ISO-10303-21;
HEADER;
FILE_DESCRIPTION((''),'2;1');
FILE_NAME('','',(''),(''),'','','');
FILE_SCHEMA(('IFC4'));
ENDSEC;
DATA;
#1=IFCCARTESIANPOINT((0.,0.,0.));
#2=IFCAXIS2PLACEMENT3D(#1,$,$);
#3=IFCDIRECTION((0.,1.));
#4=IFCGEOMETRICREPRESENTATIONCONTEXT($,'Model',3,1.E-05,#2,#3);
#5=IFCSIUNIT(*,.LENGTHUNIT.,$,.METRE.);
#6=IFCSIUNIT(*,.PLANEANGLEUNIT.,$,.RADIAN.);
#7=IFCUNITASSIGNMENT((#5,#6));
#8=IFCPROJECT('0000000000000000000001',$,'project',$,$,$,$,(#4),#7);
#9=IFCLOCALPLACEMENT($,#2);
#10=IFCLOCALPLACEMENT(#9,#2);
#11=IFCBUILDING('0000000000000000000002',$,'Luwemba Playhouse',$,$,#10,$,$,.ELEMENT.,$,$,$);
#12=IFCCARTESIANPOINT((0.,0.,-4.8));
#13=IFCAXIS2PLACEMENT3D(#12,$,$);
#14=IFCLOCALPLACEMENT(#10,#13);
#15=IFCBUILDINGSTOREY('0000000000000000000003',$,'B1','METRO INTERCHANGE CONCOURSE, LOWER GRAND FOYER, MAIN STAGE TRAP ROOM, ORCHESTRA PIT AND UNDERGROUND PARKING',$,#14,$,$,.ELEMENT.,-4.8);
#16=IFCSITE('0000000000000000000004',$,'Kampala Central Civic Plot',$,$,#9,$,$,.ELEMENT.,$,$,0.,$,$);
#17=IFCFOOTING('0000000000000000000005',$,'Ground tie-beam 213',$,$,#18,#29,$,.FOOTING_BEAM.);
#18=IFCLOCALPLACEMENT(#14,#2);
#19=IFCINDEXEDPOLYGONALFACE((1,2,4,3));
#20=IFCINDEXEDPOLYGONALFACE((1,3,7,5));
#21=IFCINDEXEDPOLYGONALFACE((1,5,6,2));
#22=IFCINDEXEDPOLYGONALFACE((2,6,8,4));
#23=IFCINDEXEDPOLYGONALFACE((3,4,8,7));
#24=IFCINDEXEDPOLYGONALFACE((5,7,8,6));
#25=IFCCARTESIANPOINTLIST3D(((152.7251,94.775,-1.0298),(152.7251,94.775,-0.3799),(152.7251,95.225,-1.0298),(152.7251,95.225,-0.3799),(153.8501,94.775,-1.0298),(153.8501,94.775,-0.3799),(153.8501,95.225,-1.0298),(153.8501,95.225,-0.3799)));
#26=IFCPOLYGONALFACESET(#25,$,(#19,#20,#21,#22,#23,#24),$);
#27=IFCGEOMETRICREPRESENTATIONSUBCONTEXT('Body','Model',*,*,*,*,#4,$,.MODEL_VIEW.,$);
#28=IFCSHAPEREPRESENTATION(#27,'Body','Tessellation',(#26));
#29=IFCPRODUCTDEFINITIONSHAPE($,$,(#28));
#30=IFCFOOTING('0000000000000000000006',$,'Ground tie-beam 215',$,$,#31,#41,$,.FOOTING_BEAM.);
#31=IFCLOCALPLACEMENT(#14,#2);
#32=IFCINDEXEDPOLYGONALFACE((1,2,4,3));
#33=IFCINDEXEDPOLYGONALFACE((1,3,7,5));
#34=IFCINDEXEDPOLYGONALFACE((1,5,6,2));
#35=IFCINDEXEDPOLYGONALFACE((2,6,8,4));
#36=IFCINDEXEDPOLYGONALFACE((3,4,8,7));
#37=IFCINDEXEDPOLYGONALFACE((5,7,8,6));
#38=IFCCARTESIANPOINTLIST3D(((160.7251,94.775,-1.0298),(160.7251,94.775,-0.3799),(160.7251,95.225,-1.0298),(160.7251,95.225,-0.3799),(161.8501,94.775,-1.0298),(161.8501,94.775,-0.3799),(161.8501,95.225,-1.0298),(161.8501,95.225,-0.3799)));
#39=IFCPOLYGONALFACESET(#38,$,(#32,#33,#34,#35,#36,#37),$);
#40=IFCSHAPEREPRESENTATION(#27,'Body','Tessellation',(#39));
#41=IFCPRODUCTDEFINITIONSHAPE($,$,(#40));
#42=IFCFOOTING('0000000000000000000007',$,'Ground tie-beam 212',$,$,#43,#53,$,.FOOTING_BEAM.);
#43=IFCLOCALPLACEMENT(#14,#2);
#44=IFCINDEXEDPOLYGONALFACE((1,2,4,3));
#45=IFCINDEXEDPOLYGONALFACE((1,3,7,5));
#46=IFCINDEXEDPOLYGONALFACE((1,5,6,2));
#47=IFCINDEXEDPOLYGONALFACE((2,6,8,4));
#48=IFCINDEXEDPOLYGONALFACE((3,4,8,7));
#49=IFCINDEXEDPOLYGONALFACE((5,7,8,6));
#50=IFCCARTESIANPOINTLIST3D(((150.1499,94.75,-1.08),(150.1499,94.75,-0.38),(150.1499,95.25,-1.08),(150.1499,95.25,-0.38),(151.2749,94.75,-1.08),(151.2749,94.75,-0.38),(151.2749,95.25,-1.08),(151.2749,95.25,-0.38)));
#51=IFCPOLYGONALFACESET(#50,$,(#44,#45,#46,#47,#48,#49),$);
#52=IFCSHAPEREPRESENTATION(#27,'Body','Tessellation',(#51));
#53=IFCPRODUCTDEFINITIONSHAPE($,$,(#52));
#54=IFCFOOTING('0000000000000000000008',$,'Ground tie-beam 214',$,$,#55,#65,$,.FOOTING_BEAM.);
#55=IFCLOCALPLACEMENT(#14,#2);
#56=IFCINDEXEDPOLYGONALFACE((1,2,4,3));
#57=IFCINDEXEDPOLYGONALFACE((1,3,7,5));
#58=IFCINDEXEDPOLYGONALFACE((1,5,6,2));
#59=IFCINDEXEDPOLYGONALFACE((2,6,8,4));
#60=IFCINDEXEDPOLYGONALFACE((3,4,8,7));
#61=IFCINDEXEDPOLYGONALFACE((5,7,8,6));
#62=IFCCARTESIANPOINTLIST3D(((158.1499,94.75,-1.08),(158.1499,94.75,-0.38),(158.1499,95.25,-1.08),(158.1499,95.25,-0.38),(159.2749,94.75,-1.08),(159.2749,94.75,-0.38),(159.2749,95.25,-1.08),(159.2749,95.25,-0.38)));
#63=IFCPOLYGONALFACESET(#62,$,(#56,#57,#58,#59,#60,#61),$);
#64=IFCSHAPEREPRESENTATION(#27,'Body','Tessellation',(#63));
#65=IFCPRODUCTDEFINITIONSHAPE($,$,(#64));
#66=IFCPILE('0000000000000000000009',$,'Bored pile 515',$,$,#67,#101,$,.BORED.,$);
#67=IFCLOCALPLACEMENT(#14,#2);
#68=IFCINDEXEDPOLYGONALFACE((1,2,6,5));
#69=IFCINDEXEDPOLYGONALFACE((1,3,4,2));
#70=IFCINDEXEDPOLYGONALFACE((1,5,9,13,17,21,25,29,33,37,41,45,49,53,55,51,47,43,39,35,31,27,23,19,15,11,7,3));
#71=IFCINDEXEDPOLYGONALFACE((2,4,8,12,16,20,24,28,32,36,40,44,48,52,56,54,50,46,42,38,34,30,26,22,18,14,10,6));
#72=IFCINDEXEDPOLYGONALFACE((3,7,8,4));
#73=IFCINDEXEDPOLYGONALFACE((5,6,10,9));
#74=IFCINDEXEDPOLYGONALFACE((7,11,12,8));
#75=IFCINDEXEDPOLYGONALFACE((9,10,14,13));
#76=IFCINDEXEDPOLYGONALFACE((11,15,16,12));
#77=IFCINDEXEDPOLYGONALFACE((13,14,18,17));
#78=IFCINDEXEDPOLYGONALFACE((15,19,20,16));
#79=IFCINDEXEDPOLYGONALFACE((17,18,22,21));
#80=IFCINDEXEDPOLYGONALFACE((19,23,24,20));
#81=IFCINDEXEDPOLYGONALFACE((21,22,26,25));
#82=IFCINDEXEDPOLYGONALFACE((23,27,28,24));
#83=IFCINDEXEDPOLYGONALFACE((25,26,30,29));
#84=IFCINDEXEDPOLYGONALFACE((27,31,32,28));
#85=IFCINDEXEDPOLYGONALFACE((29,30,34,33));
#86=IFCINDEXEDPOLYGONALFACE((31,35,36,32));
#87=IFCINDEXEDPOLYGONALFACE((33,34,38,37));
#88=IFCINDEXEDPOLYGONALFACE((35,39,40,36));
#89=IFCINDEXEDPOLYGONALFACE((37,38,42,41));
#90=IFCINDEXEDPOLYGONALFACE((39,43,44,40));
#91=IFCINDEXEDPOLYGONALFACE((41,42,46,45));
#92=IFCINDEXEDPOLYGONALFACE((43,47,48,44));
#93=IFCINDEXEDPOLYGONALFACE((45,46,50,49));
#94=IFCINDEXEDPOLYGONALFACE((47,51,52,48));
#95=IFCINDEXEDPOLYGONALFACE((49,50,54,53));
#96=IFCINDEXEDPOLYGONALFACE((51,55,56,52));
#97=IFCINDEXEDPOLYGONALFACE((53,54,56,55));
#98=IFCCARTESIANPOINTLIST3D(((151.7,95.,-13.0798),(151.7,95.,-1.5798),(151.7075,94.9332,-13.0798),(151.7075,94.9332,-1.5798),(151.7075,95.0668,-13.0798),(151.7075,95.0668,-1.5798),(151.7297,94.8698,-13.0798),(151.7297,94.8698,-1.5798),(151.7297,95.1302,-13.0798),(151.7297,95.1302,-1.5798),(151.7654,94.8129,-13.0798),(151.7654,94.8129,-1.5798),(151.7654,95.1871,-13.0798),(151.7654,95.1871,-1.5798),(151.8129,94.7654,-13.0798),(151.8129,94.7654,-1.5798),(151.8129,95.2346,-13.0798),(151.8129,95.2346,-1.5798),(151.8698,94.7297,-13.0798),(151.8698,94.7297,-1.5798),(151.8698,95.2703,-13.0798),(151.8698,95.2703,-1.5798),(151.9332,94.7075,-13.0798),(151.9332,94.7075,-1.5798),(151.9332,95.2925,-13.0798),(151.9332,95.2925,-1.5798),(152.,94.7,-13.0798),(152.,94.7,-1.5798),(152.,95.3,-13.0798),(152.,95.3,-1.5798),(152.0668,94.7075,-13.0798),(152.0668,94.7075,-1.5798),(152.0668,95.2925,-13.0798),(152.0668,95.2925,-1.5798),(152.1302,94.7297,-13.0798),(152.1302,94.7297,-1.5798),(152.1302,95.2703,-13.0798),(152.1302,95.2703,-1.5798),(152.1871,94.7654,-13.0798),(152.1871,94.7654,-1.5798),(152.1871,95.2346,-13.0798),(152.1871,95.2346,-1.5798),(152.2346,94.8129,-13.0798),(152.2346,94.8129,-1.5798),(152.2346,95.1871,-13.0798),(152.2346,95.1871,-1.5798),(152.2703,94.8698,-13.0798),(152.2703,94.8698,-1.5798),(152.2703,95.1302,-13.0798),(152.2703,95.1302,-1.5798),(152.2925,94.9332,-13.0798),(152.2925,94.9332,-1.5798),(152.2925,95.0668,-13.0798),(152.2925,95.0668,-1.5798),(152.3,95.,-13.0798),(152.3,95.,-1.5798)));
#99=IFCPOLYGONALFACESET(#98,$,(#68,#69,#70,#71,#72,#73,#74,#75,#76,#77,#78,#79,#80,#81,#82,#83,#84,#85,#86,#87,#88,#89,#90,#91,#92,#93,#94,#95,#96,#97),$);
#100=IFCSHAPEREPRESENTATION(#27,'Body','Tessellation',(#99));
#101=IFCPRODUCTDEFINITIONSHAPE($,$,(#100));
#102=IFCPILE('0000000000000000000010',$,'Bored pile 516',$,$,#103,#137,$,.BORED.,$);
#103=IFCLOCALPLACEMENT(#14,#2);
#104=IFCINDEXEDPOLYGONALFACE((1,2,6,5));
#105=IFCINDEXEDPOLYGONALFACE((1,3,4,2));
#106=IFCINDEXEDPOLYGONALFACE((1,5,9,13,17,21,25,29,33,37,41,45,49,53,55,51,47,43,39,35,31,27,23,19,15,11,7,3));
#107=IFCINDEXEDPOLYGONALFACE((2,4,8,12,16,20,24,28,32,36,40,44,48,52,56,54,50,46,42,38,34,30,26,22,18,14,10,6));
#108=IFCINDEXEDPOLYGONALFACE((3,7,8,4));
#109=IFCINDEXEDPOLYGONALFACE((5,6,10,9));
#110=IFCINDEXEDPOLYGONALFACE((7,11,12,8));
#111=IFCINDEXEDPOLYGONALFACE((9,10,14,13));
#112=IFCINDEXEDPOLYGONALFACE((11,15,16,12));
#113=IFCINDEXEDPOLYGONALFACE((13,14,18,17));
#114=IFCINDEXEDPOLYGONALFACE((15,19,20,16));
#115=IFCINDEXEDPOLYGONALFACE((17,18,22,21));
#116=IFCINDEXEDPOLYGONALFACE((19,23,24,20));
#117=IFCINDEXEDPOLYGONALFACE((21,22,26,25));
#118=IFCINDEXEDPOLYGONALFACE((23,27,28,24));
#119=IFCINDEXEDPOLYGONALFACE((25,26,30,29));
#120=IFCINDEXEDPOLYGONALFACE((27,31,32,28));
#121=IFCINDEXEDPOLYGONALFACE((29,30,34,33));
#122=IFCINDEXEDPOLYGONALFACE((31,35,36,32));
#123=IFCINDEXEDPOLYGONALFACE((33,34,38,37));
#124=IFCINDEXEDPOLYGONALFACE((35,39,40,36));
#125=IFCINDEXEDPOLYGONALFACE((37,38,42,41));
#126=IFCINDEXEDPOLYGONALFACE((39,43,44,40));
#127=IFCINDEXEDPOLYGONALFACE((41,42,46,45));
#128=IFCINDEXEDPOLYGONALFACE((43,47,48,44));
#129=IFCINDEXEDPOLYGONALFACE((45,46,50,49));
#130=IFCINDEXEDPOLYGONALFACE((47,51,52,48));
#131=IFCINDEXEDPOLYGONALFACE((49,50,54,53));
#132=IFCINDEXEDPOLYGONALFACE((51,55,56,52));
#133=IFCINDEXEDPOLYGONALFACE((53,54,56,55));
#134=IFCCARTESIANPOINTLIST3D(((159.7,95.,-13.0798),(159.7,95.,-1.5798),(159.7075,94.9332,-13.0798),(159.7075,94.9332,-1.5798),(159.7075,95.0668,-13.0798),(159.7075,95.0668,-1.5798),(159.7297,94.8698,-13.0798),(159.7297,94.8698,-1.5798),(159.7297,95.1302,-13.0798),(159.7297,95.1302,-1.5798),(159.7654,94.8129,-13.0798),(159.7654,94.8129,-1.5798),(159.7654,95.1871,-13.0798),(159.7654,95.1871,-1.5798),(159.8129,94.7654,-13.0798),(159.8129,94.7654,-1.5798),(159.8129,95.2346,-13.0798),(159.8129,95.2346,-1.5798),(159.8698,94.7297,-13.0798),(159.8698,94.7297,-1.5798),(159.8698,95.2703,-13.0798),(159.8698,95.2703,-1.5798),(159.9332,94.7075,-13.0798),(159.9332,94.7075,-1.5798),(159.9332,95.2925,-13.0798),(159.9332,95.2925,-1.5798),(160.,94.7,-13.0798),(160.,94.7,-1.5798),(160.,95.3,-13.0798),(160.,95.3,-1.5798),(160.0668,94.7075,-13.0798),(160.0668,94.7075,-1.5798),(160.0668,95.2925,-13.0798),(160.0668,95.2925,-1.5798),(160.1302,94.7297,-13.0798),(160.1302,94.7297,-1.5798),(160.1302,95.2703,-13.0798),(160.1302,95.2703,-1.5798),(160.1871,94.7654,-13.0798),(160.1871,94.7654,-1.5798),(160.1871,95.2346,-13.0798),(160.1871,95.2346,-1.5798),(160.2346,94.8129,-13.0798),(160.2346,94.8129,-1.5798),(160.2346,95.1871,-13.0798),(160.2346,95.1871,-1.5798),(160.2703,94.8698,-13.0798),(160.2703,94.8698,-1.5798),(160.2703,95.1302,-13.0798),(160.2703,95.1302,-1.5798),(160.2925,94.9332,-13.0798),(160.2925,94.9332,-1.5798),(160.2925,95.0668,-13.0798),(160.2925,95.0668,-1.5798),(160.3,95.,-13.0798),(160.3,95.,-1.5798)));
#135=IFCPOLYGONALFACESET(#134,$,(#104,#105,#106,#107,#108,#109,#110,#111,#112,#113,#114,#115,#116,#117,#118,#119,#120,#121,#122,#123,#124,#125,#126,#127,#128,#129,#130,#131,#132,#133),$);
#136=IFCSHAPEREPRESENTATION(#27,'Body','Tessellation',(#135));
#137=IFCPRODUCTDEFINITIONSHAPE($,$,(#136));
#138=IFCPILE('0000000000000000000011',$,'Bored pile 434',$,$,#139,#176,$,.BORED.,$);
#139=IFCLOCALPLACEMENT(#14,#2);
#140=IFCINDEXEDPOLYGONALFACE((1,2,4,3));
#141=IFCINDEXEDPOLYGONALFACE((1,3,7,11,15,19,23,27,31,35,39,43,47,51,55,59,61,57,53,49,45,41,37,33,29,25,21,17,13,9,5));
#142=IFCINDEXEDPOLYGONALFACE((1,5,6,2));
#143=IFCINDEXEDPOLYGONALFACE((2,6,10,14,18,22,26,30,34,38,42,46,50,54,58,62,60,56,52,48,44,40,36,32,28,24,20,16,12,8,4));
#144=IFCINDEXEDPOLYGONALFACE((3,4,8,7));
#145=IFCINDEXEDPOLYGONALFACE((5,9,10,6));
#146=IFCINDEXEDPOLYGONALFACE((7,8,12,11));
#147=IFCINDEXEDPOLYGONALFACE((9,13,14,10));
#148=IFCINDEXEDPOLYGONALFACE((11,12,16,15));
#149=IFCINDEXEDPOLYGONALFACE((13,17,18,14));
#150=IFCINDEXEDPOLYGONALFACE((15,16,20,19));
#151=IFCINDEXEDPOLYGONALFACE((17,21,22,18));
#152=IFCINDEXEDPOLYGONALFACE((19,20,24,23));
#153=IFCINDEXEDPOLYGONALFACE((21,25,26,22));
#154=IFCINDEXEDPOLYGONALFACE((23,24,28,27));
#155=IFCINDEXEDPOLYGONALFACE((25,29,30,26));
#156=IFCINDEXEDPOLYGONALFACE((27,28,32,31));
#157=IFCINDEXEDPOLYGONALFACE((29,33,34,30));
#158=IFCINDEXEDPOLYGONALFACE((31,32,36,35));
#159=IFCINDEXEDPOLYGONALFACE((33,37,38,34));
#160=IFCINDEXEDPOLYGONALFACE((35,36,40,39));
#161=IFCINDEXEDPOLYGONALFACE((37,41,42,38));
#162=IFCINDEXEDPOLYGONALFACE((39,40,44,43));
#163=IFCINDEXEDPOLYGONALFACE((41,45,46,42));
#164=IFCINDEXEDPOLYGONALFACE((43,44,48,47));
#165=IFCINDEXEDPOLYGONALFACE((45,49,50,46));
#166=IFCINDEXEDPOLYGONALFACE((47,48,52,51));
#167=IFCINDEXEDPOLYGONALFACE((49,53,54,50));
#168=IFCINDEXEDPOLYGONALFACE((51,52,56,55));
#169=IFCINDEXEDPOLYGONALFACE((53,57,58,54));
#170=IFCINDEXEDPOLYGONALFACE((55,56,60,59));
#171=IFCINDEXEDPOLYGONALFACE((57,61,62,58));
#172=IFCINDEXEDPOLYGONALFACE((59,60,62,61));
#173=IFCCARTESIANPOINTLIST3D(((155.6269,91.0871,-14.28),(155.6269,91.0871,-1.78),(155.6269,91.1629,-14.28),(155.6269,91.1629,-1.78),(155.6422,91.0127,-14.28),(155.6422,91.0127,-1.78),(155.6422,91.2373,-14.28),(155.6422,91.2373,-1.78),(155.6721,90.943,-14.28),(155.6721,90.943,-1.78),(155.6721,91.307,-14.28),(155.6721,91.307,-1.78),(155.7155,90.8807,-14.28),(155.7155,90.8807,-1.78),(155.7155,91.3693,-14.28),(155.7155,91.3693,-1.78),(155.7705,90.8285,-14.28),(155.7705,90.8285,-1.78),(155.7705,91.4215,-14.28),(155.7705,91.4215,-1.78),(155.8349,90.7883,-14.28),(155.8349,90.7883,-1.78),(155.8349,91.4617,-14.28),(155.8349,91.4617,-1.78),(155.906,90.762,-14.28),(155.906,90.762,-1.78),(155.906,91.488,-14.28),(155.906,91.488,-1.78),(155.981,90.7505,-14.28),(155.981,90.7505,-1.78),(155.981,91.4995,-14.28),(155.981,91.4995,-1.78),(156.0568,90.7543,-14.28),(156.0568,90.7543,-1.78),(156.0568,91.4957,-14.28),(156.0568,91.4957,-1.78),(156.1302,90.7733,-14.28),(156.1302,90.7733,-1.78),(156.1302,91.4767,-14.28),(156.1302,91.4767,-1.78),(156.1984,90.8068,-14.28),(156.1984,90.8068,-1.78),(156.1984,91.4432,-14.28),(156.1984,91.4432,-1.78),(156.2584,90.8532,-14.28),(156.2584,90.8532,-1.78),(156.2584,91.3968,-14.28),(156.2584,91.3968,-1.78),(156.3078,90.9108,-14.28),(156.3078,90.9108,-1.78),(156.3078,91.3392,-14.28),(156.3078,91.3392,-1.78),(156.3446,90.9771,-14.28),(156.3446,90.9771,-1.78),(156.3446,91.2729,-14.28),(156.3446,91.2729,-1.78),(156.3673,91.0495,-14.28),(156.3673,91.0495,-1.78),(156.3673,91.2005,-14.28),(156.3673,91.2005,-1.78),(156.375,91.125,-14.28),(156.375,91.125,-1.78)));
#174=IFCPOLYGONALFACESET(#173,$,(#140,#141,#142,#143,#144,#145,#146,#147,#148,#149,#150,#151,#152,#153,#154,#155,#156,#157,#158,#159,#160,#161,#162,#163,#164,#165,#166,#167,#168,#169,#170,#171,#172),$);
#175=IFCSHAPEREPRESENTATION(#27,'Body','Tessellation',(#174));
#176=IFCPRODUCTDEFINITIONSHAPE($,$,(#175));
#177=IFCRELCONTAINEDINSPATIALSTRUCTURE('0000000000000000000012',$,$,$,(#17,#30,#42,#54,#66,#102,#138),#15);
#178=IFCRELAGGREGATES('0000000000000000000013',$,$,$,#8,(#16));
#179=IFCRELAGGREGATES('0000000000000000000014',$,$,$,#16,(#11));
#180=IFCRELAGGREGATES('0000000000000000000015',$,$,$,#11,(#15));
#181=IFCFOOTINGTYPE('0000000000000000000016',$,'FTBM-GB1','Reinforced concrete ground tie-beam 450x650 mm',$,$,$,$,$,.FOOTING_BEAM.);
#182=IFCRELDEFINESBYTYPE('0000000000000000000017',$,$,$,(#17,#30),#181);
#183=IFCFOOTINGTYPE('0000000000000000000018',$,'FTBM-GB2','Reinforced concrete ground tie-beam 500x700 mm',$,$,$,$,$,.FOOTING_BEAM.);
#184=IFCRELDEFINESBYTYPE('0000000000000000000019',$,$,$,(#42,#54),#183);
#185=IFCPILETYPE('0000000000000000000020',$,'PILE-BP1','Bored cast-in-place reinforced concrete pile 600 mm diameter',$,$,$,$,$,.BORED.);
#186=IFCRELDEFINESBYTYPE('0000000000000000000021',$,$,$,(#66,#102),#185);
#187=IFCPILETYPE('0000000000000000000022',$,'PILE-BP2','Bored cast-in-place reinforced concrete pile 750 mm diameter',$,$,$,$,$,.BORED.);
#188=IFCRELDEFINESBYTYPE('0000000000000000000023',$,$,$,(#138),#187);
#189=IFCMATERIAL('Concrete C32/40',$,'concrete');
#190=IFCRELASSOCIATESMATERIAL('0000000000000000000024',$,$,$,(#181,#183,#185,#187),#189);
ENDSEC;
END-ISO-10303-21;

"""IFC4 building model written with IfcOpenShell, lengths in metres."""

from ifc_helpers import new_model, si_unit, direction, frame, origin, origin_2d, place, context, subcontext, project, spatial, rectangle, circle, extrude, material, material_profile, profile_set, type_object, element, save


model = new_model("IFC4")

# Units and contexts
model_context = context("Model", 3, precision=1e-05, world=origin(), true_north=direction((0.0, 1.0)))
body_context = subcontext(model_context, "Body", "Model", "MODEL_VIEW")
ifc_project = project(units=[si_unit("LENGTHUNIT", "METRE"), si_unit("PLANEANGLEUNIT", "RADIAN")], contexts=[model_context])

# Site, building, storey
site_placement = place(None, origin())
site = spatial("IfcSite", under=ifc_project, at=site_placement, Name="Kampala Central Civic Plot", CompositionType="ELEMENT", RefElevation=0.0)
building_placement = place(site_placement, origin())
building = spatial("IfcBuilding", under=site, at=building_placement, Name="Luwemba Playhouse", CompositionType="ELEMENT")
storey_placement = place(building_placement, frame((0.0, 0.0, -4.8)))
storey = spatial("IfcBuildingStorey", under=building, at=storey_placement, Name="B1", Description="METRO INTERCHANGE CONCOURSE, LOWER GRAND FOYER, MAIN STAGE TRAP ROOM, ORCHESTRA PIT AND UNDERGROUND PARKING", CompositionType="ELEMENT", Elevation=-4.8)

# Footings
ifc_material_1 = material(Name="Concrete C32/40", Category="concrete")
ifc_material_profile_1 = material_profile(ifc_material_1, rectangle(XDim=0.45, YDim=0.6499, at=origin_2d()))
ifc_profile_set_1 = profile_set([ifc_material_profile_1], Name="Concrete C32/40")
footing_type_1 = type_object("IfcFootingType", Name="FTBM-GB1", Description="Reinforced concrete ground tie-beam 450x650 mm", PredefinedType="FOOTING_BEAM", material=ifc_profile_set_1)
for number, where, z_axis, x_axis, name in (
    (1, (152.7251, 95.0, -0.7048), (1.0, 0.0, 0.0), (0.0, 1.0, 0.0), "Ground tie-beam 213"),
    (2, (160.7251, 95.0, -0.7048), (1.0, 0.0, 0.0), (0.0, 1.0, 0.0), "Ground tie-beam 215"),
):
    element("IfcFooting", number, at=place(storey_placement, frame(where, z_axis=z_axis, x_axis=x_axis)), inside=storey, type_object=footing_type_1, Name=name, PredefinedType="FOOTING_BEAM", context=body_context, shape_type="SweptSolid", body=[
        extrude(rectangle(XDim=0.45, YDim=0.6499, at=origin_2d()), origin(), (0.0, 0.0, 1.0), 1.125),
    ])
ifc_material_profile_2 = material_profile(ifc_material_1, rectangle(XDim=0.5, YDim=0.7, at=origin_2d()))
ifc_profile_set_2 = profile_set([ifc_material_profile_2], Name="Concrete C32/40")
footing_type_2 = type_object("IfcFootingType", Name="FTBM-GB2", Description="Reinforced concrete ground tie-beam 500x700 mm", PredefinedType="FOOTING_BEAM", material=ifc_profile_set_2)
for number, where, z_axis, x_axis, name in (
    (3, (150.1499, 95.0, -0.73), (1.0, 0.0, 0.0), (0.0, 1.0, 0.0), "Ground tie-beam 212"),
    (4, (158.1499, 95.0, -0.73), (1.0, 0.0, 0.0), (0.0, 1.0, 0.0), "Ground tie-beam 214"),
):
    element("IfcFooting", number, at=place(storey_placement, frame(where, z_axis=z_axis, x_axis=x_axis)), inside=storey, type_object=footing_type_2, Name=name, PredefinedType="FOOTING_BEAM", context=body_context, shape_type="SweptSolid", body=[
        extrude(rectangle(XDim=0.5, YDim=0.7, at=origin_2d()), origin(), (0.0, 0.0, 1.0), 1.125),
    ])

# Piles
ifc_material_profile_3 = material_profile(ifc_material_1, circle(Radius=0.3, at=origin_2d()))
ifc_profile_set_3 = profile_set([ifc_material_profile_3], Name="Concrete C32/40")
pile_type_1 = type_object("IfcPileType", Name="PILE-BP1", Description="Bored cast-in-place reinforced concrete pile 600 mm diameter", PredefinedType="BORED", material=ifc_profile_set_3)
for number, where, z_axis, x_axis, name in (
    (5, (152.0, 95.0, -1.5798), (0.0, 0.0, -1.0), (1.0, 0.0, 0.0), "Bored pile 515"),
    (6, (160.0, 95.0, -1.5798), (0.0, 0.0, -1.0), (1.0, 0.0, 0.0), "Bored pile 516"),
):
    element("IfcPile", number, at=place(storey_placement, frame(where, z_axis=z_axis, x_axis=x_axis)), inside=storey, type_object=pile_type_1, Name=name, PredefinedType="BORED", context=body_context, shape_type="SweptSolid", body=[
        extrude(circle(Radius=0.3, at=origin_2d()), origin(), (0.0, 0.0, 1.0), 11.5),
    ])
ifc_material_profile_4 = material_profile(ifc_material_1, circle(Radius=0.375, at=origin_2d()))
ifc_profile_set_4 = profile_set([ifc_material_profile_4], Name="Concrete C32/40")
pile_type_2 = type_object("IfcPileType", Name="PILE-BP2", Description="Bored cast-in-place reinforced concrete pile 750 mm diameter", PredefinedType="BORED", material=ifc_profile_set_4)
pile_placement = place(storey_placement, frame((156.0, 91.125, -1.78), z_axis=(0.0, 0.0, -1.0), x_axis=(1.0, 0.0, 0.0)))
element("IfcPile", 7, at=pile_placement, inside=storey, type_object=pile_type_2, Name="Bored pile 434", PredefinedType="BORED", context=body_context, shape_type="SweptSolid", body=[
    extrude(circle(Radius=0.375, at=origin_2d()), origin(), (0.0, 0.0, 1.0), 12.5),
])

save(model, "model.ifc")
